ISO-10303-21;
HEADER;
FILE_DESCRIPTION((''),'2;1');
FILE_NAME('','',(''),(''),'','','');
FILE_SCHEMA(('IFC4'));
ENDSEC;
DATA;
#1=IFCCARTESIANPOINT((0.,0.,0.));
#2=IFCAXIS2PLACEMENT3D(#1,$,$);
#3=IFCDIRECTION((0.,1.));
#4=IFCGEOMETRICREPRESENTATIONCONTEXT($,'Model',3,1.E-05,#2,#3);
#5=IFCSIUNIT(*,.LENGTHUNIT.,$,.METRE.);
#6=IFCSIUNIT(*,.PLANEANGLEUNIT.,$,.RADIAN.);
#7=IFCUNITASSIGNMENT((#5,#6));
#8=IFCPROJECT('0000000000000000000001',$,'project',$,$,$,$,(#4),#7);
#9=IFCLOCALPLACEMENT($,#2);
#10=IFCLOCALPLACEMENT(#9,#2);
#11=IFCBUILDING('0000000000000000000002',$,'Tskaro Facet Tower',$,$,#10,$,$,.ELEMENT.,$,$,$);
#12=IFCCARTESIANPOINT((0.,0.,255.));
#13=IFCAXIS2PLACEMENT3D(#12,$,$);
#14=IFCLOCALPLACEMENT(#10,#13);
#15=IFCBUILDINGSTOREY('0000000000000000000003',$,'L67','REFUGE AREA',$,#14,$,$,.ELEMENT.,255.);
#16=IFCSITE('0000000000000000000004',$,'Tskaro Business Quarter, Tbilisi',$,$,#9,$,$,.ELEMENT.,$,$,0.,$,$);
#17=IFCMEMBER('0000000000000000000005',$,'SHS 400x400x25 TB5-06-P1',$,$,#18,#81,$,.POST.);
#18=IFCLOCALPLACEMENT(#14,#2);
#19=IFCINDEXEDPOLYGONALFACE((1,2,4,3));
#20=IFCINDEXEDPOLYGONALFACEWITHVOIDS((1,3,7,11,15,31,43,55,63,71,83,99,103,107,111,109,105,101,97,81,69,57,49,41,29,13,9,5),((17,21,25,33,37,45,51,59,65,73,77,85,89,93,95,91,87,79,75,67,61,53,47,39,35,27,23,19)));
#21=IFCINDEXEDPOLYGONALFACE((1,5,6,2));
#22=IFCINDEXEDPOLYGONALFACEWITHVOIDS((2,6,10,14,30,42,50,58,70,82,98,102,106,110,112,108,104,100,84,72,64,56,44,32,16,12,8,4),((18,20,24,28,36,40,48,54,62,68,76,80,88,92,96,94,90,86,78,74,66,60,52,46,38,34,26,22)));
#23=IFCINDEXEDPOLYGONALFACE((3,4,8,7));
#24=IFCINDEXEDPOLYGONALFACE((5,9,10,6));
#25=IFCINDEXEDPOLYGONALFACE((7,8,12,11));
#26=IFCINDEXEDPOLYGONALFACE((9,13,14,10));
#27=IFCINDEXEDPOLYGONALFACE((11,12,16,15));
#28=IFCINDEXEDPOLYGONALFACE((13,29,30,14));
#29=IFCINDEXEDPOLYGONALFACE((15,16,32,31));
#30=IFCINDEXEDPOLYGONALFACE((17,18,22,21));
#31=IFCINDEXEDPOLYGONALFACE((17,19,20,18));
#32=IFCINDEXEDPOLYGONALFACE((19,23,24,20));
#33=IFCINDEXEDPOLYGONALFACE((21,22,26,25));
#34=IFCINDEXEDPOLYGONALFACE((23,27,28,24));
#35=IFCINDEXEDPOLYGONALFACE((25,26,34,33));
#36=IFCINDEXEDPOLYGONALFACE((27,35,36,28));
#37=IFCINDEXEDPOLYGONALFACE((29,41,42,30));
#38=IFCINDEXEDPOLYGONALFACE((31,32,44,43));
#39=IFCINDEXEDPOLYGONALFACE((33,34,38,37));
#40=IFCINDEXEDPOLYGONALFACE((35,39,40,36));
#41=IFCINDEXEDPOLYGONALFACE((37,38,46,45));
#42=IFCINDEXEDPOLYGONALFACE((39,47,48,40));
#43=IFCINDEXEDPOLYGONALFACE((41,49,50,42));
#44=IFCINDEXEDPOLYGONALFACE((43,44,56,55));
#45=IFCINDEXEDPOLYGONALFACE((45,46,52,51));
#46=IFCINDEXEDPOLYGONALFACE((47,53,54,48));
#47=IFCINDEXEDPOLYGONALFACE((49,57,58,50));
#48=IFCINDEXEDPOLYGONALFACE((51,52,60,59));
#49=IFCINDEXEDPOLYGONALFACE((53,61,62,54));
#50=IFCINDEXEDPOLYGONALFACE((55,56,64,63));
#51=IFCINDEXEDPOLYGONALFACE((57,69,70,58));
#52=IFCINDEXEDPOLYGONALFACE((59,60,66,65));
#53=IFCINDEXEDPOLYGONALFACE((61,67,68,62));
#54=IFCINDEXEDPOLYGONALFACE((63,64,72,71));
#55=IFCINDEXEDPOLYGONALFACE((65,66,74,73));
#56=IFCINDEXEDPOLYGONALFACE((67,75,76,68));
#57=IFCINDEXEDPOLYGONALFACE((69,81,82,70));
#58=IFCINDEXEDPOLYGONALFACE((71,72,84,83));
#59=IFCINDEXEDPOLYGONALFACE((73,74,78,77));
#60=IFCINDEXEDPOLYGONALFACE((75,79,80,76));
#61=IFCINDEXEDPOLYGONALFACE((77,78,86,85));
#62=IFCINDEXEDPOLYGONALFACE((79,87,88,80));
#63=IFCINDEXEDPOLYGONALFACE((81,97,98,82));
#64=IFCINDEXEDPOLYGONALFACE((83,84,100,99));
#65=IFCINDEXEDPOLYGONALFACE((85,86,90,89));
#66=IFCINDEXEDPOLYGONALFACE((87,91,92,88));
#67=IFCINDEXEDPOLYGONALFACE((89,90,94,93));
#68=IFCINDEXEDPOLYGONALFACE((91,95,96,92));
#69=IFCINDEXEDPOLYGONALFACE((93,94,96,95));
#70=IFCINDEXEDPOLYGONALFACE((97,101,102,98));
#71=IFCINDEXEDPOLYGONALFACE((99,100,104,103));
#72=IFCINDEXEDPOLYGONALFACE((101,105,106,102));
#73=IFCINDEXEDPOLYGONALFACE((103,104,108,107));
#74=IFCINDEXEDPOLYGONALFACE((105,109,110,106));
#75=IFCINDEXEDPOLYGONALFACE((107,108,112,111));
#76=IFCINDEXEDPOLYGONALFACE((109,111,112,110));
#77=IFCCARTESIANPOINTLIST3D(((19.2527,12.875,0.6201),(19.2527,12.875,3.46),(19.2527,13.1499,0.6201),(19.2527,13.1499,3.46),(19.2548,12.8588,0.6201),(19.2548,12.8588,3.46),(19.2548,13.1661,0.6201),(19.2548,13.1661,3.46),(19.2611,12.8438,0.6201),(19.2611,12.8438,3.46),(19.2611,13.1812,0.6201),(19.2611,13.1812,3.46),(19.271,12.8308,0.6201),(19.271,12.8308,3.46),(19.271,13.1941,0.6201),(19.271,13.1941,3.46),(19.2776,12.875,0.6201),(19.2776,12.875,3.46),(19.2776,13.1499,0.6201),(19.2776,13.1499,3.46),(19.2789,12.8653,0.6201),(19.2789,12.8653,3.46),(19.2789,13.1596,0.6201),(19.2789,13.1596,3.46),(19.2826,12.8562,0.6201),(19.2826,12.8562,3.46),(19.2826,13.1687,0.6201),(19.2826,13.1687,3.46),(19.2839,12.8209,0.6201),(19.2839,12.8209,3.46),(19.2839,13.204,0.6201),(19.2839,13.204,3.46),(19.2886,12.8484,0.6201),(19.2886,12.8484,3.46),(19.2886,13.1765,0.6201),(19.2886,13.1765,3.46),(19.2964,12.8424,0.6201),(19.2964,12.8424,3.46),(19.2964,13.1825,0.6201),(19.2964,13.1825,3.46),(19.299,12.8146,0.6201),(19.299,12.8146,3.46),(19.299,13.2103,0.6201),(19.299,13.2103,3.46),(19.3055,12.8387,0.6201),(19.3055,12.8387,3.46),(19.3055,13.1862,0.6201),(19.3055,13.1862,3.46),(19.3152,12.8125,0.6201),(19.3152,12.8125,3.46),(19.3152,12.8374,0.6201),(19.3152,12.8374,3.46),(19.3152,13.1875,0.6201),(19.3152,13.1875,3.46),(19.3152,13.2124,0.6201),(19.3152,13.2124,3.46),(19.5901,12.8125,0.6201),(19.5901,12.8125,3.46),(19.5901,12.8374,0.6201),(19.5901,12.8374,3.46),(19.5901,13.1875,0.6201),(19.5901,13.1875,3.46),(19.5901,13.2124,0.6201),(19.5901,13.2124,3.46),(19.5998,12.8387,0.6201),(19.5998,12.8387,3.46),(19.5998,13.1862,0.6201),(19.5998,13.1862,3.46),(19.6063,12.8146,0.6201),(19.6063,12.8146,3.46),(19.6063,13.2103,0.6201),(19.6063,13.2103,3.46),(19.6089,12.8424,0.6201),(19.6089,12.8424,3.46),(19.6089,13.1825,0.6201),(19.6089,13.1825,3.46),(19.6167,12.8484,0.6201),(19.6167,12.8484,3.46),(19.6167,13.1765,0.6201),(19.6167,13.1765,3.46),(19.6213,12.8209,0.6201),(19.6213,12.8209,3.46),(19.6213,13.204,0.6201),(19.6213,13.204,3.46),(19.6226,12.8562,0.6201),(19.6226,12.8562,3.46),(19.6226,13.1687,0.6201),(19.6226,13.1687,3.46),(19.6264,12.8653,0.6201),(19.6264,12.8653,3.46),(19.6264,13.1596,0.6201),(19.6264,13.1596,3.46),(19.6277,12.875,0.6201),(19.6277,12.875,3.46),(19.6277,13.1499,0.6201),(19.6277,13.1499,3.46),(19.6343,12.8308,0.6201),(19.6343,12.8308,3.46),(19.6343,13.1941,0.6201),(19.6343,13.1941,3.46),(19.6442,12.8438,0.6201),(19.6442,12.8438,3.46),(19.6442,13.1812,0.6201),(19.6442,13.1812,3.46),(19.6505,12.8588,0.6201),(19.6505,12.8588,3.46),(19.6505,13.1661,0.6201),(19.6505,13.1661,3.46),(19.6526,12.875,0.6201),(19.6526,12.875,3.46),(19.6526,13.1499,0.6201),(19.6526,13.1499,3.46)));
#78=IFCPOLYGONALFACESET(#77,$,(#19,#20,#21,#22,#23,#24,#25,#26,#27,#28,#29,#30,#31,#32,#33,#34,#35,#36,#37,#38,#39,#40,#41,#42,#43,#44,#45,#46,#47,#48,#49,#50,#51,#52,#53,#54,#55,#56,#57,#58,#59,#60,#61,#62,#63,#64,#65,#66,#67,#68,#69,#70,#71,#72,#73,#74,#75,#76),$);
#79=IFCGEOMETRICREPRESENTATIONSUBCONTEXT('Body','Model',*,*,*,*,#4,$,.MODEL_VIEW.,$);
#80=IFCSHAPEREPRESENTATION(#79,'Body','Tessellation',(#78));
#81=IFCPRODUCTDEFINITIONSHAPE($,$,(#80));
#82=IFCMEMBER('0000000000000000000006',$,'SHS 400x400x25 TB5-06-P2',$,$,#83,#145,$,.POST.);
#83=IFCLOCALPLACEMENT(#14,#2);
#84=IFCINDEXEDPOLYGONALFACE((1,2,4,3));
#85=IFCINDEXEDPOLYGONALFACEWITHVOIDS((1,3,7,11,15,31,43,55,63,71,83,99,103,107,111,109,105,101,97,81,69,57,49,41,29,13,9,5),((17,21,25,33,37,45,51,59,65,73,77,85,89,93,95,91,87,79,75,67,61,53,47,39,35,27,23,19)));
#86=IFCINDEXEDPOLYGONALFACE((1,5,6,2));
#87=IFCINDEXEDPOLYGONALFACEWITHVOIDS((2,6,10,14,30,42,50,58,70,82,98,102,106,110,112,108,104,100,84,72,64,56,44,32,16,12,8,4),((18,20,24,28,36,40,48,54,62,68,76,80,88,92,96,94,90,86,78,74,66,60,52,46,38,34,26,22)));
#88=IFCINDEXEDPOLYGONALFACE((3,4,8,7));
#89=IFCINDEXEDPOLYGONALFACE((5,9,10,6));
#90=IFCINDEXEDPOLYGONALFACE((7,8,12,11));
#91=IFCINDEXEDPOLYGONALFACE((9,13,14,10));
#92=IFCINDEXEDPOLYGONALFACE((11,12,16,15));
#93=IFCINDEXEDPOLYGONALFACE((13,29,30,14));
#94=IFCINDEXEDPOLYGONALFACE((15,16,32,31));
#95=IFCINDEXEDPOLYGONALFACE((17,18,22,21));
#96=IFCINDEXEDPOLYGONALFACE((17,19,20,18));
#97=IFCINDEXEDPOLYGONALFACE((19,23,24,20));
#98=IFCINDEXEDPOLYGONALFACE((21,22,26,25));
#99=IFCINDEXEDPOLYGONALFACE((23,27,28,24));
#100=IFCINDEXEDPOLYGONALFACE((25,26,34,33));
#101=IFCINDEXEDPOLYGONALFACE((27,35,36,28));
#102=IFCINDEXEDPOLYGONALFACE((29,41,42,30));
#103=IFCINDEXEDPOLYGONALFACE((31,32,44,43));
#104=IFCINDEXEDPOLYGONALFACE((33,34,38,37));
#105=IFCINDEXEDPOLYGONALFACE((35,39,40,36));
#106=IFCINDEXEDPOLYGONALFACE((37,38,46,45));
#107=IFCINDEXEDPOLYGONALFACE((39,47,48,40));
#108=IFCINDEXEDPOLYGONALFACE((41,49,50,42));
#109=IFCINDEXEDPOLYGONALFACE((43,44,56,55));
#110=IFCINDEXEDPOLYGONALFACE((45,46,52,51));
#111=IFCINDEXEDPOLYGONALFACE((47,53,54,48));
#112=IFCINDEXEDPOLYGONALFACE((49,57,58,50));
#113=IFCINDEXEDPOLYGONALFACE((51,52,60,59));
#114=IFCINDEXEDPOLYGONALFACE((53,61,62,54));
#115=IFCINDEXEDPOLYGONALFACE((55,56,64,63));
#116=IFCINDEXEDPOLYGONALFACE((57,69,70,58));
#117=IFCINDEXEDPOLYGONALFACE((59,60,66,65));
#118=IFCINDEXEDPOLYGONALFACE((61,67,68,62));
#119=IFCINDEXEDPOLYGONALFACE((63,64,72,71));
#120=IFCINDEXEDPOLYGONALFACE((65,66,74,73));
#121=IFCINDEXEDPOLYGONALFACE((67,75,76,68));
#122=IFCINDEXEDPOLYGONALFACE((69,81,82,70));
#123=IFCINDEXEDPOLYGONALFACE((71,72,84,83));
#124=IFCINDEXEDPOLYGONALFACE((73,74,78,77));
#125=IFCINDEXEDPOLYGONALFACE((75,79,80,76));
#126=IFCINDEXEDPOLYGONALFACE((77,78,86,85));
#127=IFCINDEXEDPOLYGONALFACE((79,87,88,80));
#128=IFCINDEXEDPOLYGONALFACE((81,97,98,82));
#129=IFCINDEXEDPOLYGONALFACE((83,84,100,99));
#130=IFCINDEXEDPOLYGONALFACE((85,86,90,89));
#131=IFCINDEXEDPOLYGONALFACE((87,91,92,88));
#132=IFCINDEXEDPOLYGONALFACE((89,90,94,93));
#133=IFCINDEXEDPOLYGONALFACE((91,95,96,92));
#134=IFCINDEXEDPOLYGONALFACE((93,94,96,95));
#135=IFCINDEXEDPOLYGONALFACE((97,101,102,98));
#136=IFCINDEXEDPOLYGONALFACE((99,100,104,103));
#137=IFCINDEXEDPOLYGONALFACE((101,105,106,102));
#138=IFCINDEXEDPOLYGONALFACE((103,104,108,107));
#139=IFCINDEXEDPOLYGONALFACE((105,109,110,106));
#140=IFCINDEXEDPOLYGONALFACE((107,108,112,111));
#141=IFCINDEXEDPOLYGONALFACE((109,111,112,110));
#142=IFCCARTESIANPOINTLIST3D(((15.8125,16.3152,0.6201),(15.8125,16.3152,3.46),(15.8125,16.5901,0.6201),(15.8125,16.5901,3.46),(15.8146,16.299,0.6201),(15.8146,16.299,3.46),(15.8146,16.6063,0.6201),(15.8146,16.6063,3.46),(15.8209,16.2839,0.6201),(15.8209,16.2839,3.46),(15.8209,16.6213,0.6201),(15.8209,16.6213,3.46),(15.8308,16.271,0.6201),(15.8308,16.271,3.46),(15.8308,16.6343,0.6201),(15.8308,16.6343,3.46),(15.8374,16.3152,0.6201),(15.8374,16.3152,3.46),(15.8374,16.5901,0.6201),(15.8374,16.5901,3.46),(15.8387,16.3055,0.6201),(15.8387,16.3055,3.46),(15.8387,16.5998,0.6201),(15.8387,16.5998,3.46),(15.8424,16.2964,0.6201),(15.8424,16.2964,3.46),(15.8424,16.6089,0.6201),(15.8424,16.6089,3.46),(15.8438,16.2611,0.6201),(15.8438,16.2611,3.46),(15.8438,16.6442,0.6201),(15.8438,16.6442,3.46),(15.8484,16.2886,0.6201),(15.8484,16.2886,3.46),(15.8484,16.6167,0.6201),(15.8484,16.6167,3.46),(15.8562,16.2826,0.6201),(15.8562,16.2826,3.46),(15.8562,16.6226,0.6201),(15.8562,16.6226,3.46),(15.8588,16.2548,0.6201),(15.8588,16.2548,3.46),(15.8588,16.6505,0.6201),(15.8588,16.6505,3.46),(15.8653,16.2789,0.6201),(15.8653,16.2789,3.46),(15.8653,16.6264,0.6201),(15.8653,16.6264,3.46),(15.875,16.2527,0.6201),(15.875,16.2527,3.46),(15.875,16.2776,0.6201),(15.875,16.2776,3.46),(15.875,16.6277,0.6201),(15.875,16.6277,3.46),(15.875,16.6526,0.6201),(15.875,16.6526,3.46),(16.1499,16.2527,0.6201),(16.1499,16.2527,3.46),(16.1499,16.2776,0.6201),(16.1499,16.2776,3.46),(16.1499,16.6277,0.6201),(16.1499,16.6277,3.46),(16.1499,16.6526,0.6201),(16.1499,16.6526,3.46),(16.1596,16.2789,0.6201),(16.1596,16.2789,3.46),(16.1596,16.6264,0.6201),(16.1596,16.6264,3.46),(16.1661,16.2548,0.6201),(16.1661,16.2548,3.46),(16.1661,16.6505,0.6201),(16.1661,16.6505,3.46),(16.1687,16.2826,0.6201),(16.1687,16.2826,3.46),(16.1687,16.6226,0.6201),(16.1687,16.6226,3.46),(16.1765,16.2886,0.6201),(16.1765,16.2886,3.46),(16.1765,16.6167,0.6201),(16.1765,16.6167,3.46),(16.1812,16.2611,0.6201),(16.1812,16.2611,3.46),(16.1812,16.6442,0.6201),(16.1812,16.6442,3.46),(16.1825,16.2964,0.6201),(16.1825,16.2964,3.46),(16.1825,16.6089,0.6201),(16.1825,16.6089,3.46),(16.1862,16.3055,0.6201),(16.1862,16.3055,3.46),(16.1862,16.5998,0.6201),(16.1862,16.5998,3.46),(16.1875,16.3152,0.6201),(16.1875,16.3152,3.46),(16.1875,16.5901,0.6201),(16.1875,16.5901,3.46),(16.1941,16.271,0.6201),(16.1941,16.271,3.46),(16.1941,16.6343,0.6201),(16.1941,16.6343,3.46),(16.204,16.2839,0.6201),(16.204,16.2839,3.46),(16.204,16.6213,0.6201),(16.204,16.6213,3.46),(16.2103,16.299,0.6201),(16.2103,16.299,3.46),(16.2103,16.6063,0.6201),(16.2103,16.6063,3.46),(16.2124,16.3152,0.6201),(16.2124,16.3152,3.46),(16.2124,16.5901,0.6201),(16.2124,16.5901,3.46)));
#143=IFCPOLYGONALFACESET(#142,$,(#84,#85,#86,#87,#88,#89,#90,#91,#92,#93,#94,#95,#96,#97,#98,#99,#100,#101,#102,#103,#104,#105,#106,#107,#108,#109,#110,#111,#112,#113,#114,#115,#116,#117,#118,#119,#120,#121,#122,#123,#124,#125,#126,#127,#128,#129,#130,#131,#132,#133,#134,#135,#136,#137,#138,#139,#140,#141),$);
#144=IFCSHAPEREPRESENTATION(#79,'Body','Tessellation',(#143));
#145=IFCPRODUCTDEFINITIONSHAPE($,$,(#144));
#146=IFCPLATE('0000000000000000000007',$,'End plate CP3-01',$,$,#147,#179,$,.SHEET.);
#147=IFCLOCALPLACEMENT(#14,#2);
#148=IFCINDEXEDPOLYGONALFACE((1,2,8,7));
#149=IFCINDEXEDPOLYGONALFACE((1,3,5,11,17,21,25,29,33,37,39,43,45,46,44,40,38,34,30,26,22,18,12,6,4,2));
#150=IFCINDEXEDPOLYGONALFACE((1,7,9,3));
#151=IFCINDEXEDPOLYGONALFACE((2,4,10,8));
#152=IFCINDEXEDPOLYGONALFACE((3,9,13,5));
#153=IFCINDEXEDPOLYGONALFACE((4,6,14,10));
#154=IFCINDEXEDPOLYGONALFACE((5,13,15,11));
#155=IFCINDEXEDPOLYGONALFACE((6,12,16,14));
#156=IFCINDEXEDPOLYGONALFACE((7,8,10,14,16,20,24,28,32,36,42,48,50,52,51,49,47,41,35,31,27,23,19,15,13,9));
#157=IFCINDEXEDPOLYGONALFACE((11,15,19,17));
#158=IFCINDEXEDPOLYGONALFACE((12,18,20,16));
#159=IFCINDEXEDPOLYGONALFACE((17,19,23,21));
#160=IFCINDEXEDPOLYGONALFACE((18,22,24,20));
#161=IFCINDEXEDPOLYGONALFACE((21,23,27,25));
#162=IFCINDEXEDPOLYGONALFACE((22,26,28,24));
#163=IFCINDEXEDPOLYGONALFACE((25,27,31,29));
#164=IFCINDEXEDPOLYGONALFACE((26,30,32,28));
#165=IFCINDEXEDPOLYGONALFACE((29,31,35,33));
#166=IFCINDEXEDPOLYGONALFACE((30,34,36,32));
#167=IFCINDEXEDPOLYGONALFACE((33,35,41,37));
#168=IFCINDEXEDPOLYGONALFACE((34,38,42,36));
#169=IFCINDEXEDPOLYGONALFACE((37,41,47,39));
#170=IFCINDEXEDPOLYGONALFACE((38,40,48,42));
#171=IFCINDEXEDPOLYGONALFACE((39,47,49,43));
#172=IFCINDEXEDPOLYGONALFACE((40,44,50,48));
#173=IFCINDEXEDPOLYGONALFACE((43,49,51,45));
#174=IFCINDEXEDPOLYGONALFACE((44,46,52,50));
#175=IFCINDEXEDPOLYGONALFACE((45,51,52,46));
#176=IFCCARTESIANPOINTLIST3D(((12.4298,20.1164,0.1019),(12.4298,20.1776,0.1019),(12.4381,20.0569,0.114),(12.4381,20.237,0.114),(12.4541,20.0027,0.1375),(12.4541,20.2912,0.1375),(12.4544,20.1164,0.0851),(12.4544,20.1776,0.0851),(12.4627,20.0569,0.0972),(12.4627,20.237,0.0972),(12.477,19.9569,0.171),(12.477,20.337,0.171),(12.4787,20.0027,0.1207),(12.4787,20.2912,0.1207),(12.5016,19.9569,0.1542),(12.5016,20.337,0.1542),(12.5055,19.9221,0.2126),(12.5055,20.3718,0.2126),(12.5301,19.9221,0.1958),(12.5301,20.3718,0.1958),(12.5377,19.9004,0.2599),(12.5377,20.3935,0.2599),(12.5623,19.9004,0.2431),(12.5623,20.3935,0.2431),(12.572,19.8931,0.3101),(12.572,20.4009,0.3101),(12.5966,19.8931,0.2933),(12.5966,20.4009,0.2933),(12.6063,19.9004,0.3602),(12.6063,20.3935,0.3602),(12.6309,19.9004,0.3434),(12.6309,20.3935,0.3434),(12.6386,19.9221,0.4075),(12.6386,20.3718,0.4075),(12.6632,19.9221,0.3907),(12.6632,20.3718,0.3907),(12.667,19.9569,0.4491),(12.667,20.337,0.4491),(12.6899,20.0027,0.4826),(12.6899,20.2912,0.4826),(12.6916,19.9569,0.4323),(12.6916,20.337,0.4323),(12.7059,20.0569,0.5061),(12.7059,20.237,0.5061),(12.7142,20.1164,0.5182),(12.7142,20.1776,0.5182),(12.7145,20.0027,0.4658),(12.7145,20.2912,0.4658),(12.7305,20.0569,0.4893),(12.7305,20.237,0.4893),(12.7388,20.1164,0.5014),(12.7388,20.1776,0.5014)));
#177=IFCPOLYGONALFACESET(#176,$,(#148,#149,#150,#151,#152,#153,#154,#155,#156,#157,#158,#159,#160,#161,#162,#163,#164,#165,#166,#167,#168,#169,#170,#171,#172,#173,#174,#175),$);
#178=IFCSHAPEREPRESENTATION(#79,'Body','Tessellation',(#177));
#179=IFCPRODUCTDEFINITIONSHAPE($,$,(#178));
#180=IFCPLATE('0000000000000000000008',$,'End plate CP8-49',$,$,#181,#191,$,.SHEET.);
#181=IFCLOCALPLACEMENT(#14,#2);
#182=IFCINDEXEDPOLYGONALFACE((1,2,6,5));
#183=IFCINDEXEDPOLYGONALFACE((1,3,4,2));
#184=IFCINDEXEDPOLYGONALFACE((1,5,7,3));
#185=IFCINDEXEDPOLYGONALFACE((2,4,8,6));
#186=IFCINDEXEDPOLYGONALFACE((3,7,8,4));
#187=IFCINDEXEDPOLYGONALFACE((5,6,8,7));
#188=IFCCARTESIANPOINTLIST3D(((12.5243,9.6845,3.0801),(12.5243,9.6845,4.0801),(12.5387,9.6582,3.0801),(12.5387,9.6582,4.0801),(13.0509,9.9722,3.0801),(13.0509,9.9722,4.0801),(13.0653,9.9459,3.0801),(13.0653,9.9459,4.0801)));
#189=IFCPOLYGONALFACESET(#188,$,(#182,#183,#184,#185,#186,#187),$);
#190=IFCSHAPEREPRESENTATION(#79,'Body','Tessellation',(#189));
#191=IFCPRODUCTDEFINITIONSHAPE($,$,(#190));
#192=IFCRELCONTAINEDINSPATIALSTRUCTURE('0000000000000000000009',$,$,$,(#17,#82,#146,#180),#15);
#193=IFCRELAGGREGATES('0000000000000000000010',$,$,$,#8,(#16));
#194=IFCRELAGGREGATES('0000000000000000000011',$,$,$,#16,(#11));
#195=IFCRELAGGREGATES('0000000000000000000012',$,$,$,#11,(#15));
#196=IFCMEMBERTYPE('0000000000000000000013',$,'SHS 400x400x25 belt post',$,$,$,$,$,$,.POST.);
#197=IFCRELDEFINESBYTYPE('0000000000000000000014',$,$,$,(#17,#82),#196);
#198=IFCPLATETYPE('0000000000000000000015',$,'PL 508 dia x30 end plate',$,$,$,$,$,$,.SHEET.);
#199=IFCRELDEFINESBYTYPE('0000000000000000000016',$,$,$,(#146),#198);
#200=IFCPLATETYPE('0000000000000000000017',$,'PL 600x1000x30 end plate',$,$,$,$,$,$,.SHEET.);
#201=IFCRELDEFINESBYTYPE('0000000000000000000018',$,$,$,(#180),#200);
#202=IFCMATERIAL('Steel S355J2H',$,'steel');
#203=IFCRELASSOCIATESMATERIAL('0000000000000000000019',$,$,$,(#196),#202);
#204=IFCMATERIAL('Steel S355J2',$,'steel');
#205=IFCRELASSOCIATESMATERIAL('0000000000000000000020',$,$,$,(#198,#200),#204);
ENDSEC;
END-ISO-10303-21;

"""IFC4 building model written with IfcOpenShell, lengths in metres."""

from ifc_helpers import new_model, si_unit, direction, frame, origin, origin_2d, place, context, subcontext, project, spatial, rectangle, hollow_rectangle, circle, extrude, material, material_profile, profile_set, type_object, element, save


model = new_model("IFC4")

# Units and contexts
model_context = context("Model", 3, precision=1e-05, world=origin(), true_north=direction((0.0, 1.0)))
body_context = subcontext(model_context, "Body", "Model", "MODEL_VIEW")
ifc_project = project(units=[si_unit("LENGTHUNIT", "METRE"), si_unit("PLANEANGLEUNIT", "RADIAN")], contexts=[model_context])

# Site, building, storey
site_placement = place(None, origin())
site = spatial("IfcSite", under=ifc_project, at=site_placement, Name="Tskaro Business Quarter, Tbilisi", CompositionType="ELEMENT", RefElevation=0.0)
building_placement = place(site_placement, origin())
building = spatial("IfcBuilding", under=site, at=building_placement, Name="Tskaro Facet Tower", CompositionType="ELEMENT")
storey_placement = place(building_placement, frame((0.0, 0.0, 255.0)))
storey = spatial("IfcBuildingStorey", under=building, at=storey_placement, Name="L67", Description="REFUGE AREA", CompositionType="ELEMENT", Elevation=255.0)

# Shared definitions
ifc_material_1 = material(Name="Steel S355J2", Category="steel")

# Shared definitions
ifc_material_2 = material(Name="Steel S355J2H", Category="steel")

# Members
ifc_material_profile_1 = material_profile(ifc_material_2, hollow_rectangle(XDim=0.3999, YDim=0.3999, WallThickness=0.0249, InnerFilletRadius=0.0376, OuterFilletRadius=0.0625, at=origin_2d()), Name="SHS 400x400x25")
ifc_profile_set_1 = profile_set([ifc_material_profile_1], Name="Steel S355J2H")
member_type_1 = type_object("IfcMemberType", Name="SHS 400x400x25 belt post", PredefinedType="POST", material=ifc_profile_set_1)
for number, where, z_axis, x_axis, name in (
    (1, (19.4526, 13.0125, 0.6201), (0.0, 0.0, 1.0), (1.0, 0.0, 0.0), "SHS 400x400x25 TB5-06-P1"),
    (2, (16.0125, 16.4526, 0.6201), (0.0, 0.0, 1.0), (1.0, 0.0, 0.0), "SHS 400x400x25 TB5-06-P2"),
):
    element("IfcMember", number, at=place(storey_placement, frame(where, z_axis=z_axis, x_axis=x_axis)), inside=storey, type_object=member_type_1, Name=name, PredefinedType="POST", context=body_context, shape_type="SweptSolid", body=[
        extrude(hollow_rectangle(XDim=0.3999, YDim=0.3999, WallThickness=0.0249, InnerFilletRadius=0.0376, OuterFilletRadius=0.0625, at=origin_2d()), origin(), (0.0, 0.0, 1.0), 2.8398),
    ])

# Plates
ifc_material_profile_2 = material_profile(ifc_material_1, circle(Radius=0.2539, at=origin_2d()), Name="PL 508 dia x30 end plate")
ifc_profile_set_2 = profile_set([ifc_material_profile_2], Name="Steel S355J2")
plate_type_1 = type_object("IfcPlateType", Name="PL 508 dia x30 end plate", PredefinedType="SHEET", material=ifc_profile_set_2)
plate_1_placement = place(storey_placement, frame((12.572, 20.147, 0.3101), z_axis=(0.825708, 0.0, -0.564098), x_axis=(0.0, 1.0, 0.0)))
element("IfcPlate", 3, at=plate_1_placement, inside=storey, type_object=plate_type_1, Name="End plate CP3-01", PredefinedType="SHEET", context=body_context, shape_type="SweptSolid", body=[
    extrude(circle(Radius=0.2539, at=origin_2d()), origin(), (0.0, 0.0, 1.0), 0.0298),
])
ifc_material_profile_3 = material_profile(ifc_material_1, rectangle(XDim=0.6001, YDim=1.0, at=origin_2d()), Name="PL 600x1000x30 end plate")
ifc_profile_set_3 = profile_set([ifc_material_profile_3], Name="Steel S355J2")
plate_type_2 = type_object("IfcPlateType", Name="PL 600x1000x30 end plate", PredefinedType="SHEET", material=ifc_profile_set_3)
plate_2_placement = place(storey_placement, frame((12.802, 9.802, 3.5801), z_axis=(-0.479421, 0.877585, 0.0), x_axis=(-0.877585, -0.479421, 0.0)))
element("IfcPlate", 4, at=plate_2_placement, inside=storey, type_object=plate_type_2, Name="End plate CP8-49", PredefinedType="SHEET", context=body_context, shape_type="SweptSolid", body=[
    extrude(rectangle(XDim=0.6001, YDim=1.0, at=origin_2d()), origin(), (0.0, 0.0, 1.0), 0.03),
])

save(model, "model.ifc")
